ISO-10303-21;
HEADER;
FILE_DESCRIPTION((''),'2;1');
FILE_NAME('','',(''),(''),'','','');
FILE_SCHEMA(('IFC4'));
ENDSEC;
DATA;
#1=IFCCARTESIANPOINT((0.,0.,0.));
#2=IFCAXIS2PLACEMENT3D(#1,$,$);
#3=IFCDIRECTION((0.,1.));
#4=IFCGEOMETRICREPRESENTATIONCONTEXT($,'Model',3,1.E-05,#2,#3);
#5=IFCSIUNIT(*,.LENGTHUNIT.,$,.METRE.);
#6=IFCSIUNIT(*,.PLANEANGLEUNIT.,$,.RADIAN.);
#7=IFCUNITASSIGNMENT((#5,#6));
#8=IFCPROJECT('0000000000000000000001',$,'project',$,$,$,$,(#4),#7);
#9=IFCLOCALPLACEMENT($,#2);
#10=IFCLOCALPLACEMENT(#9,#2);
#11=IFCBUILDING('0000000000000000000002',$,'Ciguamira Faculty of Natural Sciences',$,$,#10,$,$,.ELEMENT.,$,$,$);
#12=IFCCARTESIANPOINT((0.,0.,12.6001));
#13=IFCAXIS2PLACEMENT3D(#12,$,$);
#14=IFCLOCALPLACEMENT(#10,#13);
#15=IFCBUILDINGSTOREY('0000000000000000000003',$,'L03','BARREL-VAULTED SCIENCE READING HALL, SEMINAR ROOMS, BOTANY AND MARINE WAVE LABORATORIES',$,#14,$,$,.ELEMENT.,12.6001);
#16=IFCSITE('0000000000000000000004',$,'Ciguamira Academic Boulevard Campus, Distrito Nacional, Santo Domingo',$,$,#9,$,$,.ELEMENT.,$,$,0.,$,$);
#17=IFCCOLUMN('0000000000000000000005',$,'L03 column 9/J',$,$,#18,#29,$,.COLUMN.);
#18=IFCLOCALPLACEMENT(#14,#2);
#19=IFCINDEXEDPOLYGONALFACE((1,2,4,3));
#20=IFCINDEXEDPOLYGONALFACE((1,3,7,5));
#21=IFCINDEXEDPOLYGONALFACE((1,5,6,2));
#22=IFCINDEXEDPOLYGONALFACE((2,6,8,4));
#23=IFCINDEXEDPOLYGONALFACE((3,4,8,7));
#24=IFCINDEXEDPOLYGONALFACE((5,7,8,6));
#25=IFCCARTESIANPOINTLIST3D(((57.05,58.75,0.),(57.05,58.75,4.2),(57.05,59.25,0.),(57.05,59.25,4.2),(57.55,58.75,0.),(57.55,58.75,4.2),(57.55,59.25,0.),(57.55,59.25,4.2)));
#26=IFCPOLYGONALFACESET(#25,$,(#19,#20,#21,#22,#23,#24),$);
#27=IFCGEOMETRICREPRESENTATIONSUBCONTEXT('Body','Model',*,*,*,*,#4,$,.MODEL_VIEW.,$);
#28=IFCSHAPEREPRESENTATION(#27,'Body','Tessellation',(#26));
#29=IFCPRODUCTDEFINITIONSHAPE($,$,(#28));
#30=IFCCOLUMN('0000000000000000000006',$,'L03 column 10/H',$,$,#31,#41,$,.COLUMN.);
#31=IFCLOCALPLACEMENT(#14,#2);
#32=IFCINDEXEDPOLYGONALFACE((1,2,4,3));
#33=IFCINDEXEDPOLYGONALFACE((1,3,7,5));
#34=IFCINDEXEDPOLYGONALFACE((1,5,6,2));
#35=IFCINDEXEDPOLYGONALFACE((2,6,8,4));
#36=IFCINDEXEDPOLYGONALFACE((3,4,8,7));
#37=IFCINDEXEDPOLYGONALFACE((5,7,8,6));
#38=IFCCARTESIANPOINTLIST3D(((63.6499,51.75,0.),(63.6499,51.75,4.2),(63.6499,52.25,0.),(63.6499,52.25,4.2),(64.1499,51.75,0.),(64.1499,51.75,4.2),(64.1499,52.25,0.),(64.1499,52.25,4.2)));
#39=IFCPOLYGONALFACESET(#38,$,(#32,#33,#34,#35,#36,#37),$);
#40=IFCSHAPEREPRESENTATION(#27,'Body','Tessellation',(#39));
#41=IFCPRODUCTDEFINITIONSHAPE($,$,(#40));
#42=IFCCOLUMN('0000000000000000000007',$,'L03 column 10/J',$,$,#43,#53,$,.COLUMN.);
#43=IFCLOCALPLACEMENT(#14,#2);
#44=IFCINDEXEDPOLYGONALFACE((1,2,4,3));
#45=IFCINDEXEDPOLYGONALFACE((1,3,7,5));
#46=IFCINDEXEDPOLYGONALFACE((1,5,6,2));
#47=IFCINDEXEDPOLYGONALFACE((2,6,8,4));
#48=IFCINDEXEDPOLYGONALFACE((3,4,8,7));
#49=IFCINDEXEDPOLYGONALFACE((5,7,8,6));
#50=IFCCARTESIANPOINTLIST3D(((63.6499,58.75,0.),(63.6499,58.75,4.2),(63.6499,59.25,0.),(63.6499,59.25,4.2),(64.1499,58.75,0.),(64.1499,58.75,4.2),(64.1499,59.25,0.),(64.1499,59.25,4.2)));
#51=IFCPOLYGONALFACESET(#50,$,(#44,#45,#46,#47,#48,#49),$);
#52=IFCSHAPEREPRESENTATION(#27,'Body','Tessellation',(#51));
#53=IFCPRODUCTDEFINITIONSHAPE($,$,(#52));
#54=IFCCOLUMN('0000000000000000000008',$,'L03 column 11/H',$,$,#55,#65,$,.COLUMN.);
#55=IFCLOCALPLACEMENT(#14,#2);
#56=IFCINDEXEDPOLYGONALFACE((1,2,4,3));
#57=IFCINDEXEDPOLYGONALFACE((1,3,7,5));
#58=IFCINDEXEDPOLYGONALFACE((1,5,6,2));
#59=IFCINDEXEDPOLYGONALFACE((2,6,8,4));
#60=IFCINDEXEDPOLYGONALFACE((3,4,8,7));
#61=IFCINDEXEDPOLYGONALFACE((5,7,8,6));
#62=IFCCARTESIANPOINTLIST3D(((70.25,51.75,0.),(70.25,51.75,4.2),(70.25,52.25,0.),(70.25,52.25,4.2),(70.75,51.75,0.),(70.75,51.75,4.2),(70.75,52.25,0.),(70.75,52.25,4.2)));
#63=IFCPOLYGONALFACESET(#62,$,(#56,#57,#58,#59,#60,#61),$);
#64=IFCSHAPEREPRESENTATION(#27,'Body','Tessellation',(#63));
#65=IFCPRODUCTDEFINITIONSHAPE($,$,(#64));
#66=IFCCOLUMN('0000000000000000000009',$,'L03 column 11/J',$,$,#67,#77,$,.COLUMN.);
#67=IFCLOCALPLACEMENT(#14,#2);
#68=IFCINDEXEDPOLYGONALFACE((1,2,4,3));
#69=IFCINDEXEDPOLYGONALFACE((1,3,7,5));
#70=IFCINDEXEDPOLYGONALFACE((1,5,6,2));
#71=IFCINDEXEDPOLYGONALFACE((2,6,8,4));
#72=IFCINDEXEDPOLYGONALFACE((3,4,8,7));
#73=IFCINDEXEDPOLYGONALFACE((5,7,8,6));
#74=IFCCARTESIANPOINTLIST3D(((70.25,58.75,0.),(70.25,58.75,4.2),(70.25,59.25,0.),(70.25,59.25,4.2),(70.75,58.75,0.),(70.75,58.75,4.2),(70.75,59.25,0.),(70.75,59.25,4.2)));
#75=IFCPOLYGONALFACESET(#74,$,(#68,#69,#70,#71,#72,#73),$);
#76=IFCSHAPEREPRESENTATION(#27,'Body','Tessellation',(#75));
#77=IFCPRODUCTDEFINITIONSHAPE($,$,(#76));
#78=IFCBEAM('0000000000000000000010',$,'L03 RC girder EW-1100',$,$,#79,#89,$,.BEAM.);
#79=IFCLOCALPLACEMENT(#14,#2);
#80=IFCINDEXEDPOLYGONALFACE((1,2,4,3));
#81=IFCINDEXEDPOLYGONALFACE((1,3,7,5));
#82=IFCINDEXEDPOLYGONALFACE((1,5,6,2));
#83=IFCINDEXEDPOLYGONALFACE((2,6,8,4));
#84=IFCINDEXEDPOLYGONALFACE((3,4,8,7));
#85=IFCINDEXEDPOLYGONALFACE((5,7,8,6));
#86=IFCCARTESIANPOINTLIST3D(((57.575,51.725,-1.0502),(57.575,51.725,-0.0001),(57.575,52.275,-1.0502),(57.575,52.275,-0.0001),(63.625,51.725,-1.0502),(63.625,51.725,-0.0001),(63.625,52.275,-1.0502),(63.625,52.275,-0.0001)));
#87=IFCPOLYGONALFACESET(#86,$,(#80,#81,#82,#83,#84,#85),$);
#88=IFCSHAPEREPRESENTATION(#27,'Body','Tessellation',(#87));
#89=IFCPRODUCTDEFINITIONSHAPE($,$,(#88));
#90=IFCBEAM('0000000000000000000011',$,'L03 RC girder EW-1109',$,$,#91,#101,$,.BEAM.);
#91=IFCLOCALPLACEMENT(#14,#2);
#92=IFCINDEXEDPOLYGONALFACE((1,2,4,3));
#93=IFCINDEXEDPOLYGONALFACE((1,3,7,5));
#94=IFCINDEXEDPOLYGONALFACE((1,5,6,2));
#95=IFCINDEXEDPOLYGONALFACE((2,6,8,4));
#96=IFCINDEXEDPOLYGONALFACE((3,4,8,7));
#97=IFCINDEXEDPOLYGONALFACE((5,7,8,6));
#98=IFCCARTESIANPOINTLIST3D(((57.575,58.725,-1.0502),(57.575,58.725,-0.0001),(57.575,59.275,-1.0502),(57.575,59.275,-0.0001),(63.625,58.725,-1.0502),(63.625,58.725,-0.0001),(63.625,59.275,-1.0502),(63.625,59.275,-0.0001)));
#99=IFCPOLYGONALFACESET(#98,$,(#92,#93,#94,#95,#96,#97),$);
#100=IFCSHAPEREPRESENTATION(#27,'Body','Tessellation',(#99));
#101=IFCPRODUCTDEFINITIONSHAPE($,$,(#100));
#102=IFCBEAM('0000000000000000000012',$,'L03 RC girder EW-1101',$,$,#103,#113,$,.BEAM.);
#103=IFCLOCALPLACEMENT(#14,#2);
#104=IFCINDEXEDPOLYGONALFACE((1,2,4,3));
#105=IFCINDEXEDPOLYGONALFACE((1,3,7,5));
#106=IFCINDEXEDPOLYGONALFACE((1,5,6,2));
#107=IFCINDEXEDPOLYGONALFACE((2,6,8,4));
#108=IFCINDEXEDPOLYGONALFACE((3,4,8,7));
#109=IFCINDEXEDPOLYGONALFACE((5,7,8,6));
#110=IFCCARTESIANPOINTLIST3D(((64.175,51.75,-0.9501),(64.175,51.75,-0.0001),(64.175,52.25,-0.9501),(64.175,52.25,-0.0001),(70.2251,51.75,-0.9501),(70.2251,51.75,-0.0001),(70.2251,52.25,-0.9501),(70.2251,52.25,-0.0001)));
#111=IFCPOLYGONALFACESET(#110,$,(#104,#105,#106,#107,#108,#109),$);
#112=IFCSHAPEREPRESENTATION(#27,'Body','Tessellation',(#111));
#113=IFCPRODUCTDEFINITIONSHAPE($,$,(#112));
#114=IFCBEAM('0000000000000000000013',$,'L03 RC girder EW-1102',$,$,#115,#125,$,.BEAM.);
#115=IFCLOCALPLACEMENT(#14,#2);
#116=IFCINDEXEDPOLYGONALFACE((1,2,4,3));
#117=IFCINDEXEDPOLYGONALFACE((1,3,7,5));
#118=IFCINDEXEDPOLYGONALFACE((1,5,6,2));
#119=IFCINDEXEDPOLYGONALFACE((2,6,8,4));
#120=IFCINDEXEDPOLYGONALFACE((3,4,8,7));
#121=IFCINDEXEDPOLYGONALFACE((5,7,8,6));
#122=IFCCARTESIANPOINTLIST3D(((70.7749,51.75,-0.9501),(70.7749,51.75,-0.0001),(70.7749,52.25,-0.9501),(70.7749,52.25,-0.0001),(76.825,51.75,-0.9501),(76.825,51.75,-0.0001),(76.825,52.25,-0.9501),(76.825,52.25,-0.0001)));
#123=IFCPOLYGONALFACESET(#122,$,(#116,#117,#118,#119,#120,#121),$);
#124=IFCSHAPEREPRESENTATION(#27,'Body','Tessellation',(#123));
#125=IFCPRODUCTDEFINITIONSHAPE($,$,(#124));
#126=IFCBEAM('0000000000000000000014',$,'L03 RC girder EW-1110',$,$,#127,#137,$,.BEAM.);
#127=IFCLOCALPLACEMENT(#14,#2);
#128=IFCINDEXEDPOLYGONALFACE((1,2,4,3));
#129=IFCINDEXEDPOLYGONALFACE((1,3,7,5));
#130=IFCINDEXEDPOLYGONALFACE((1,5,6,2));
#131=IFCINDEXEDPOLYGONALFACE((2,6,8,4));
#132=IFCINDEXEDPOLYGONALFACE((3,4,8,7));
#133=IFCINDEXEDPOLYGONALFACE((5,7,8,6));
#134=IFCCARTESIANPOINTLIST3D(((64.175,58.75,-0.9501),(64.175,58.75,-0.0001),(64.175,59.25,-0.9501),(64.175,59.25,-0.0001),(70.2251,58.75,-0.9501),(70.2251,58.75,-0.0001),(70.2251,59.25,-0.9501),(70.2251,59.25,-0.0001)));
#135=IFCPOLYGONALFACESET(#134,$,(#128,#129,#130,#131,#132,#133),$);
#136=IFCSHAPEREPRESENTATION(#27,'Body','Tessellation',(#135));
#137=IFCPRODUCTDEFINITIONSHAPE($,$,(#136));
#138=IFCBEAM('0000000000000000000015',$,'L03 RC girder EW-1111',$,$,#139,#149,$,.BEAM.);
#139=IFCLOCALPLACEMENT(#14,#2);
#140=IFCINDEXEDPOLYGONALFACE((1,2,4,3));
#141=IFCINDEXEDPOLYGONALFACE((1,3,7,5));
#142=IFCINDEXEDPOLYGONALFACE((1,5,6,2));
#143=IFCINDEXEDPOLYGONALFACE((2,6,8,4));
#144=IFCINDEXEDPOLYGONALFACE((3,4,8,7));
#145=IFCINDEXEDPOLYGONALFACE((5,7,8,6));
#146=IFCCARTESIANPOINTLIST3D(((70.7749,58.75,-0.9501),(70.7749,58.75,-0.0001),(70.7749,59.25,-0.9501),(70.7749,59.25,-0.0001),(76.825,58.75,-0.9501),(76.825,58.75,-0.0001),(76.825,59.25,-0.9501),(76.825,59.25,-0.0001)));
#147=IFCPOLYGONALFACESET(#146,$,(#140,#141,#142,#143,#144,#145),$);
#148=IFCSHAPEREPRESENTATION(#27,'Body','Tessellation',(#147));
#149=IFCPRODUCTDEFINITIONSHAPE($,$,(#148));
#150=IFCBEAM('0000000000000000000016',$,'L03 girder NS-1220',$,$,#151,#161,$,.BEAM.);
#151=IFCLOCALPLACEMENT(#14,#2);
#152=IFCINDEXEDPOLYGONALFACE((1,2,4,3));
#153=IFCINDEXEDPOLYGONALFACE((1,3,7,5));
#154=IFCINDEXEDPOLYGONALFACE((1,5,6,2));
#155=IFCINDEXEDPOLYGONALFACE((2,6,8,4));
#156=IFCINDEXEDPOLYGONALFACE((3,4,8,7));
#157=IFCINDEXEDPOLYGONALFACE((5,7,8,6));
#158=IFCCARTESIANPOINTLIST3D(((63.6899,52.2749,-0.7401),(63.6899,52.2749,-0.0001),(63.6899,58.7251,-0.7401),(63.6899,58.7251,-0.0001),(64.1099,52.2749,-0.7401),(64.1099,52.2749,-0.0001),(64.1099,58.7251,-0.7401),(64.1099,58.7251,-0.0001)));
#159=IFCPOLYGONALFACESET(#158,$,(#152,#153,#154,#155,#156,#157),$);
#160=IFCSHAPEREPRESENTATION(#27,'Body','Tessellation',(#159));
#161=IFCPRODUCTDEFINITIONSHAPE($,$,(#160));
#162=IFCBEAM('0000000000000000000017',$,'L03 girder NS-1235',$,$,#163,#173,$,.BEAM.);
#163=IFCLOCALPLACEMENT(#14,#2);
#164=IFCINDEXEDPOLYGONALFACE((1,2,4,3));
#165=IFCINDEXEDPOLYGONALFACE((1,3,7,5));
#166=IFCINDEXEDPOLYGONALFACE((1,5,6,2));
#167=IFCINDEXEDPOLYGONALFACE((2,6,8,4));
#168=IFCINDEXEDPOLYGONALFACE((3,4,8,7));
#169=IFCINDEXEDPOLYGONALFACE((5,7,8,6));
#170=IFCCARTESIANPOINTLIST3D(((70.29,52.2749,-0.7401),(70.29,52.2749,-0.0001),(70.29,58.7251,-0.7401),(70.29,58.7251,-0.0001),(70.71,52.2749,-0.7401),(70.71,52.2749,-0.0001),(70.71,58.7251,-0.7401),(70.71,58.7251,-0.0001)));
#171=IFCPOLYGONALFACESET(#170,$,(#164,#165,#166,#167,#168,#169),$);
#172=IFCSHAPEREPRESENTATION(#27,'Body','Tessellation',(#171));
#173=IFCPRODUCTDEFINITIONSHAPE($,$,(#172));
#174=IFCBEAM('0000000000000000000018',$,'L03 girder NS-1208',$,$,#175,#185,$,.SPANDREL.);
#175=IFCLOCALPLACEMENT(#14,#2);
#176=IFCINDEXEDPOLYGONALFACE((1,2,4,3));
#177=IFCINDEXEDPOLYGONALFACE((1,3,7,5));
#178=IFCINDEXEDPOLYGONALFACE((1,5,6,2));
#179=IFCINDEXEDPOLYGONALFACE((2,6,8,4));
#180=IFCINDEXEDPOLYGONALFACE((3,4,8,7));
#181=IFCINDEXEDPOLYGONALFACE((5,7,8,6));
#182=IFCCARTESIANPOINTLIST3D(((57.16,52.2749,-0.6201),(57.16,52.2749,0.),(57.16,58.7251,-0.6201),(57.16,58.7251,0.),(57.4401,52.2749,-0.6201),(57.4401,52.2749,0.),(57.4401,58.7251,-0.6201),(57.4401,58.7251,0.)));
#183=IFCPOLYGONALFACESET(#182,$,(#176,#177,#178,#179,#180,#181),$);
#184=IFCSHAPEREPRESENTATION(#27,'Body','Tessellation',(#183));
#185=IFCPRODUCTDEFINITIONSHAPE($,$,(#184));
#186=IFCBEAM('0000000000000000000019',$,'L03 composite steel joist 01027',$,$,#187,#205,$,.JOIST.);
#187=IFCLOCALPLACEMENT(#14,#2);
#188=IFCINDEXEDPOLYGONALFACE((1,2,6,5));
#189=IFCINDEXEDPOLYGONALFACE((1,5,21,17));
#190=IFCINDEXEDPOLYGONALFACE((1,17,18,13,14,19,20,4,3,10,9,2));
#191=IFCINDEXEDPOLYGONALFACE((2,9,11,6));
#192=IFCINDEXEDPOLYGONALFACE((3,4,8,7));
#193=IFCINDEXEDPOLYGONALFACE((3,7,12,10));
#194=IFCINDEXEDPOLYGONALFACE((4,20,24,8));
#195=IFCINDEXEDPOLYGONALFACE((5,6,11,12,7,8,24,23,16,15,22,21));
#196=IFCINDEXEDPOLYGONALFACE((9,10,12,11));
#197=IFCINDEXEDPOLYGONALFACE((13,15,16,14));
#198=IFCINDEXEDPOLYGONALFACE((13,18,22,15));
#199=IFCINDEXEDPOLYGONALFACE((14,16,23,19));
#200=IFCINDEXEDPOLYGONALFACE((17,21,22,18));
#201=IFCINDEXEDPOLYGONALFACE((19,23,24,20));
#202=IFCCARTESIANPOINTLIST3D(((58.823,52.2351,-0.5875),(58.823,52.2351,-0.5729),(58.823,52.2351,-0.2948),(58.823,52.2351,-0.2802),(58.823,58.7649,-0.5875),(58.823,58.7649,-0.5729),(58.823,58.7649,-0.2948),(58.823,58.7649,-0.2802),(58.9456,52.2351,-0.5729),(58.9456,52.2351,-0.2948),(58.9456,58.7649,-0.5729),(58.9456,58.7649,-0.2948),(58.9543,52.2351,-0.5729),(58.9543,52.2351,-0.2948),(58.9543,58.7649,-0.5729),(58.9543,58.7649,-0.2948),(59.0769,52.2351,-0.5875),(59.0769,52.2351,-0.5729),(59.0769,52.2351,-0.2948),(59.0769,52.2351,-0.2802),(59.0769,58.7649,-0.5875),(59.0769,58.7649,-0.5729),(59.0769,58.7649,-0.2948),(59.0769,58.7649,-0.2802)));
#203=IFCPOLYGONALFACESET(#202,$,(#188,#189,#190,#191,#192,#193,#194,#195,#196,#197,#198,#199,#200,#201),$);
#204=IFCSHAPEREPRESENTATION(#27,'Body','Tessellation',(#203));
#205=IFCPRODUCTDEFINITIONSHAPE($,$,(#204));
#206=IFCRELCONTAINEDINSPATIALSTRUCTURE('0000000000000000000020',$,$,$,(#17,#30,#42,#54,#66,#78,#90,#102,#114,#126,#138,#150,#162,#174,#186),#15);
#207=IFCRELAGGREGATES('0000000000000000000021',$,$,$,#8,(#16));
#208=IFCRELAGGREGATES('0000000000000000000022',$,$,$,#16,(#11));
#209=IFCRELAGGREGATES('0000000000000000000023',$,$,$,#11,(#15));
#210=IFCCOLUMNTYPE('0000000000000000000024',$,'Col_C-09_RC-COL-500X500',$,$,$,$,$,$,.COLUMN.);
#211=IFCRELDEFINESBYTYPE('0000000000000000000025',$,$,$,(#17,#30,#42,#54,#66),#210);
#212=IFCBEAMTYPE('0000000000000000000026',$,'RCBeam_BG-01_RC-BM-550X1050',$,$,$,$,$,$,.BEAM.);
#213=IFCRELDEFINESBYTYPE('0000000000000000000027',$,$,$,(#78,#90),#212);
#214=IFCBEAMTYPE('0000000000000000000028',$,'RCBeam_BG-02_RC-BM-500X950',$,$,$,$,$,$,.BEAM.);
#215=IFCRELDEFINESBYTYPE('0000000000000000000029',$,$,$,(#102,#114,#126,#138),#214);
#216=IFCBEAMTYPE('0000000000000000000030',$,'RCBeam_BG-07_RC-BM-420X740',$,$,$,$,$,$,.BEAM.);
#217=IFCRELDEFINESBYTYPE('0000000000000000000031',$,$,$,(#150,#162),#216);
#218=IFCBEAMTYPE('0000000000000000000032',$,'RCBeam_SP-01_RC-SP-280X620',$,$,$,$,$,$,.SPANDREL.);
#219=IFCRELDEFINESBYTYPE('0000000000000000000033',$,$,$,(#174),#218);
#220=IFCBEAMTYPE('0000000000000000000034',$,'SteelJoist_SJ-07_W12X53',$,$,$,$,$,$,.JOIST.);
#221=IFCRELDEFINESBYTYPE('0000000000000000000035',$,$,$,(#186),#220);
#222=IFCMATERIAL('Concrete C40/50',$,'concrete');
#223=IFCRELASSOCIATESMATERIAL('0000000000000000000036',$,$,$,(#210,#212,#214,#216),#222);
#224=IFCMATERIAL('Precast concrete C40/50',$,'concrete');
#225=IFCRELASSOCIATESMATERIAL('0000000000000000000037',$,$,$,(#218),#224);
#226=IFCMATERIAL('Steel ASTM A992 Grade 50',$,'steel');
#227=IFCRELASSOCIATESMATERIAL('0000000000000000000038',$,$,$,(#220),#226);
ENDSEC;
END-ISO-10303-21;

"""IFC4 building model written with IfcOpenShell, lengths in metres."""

from ifc_helpers import new_model, si_unit, direction, frame, origin, origin_2d, place, context, subcontext, project, spatial, rectangle, i_section, extrude, material, material_profile, profile_set, type_object, element, save


model = new_model("IFC4")

# Units and contexts
model_context = context("Model", 3, precision=1e-05, world=origin(), true_north=direction((0.0, 1.0)))
body_context = subcontext(model_context, "Body", "Model", "MODEL_VIEW")
ifc_project = project(units=[si_unit("LENGTHUNIT", "METRE"), si_unit("PLANEANGLEUNIT", "RADIAN")], contexts=[model_context])

# Site, building, storey
site_placement = place(None, origin())
site = spatial("IfcSite", under=ifc_project, at=site_placement, Name="Ciguamira Academic Boulevard Campus, Distrito Nacional, Santo Domingo", CompositionType="ELEMENT", RefElevation=0.0)
building_placement = place(site_placement, origin())
building = spatial("IfcBuilding", under=site, at=building_placement, Name="Ciguamira Faculty of Natural Sciences", CompositionType="ELEMENT")
storey_placement = place(building_placement, frame((0.0, 0.0, 12.6001)))
storey = spatial("IfcBuildingStorey", under=building, at=storey_placement, Name="L03", Description="BARREL-VAULTED SCIENCE READING HALL, SEMINAR ROOMS, BOTANY AND MARINE WAVE LABORATORIES", CompositionType="ELEMENT", Elevation=12.6001)

# Columns
ifc_material_1 = material(Name="Concrete C40/50", Category="concrete")
ifc_material_profile_1 = material_profile(ifc_material_1, rectangle(XDim=0.5, YDim=0.5, at=origin_2d()), Name="RC-COL-500X500")
ifc_profile_set_1 = profile_set([ifc_material_profile_1], Name="Concrete C40/50")
column_type = type_object("IfcColumnType", Name="Col_C-09_RC-COL-500X500", PredefinedType="COLUMN", material=ifc_profile_set_1)
for number, where, z_axis, x_axis, name in (
    (1, (57.3, 59.0, 0.0), (0.0, 0.0, 1.0), (1.0, 0.0, 0.0), "L03 column 9/J"),
    (2, (63.8999, 52.0, 0.0), (0.0, 0.0, 1.0), (1.0, 0.0, 0.0), "L03 column 10/H"),
    (3, (63.8999, 59.0, 0.0), (0.0, 0.0, 1.0), (1.0, 0.0, 0.0), "L03 column 10/J"),
    (4, (70.5, 52.0, 0.0), (0.0, 0.0, 1.0), (1.0, 0.0, 0.0), "L03 column 11/H"),
    (5, (70.5, 59.0, 0.0), (0.0, 0.0, 1.0), (1.0, 0.0, 0.0), "L03 column 11/J"),
):
    element("IfcColumn", number, at=place(storey_placement, frame(where, z_axis=z_axis, x_axis=x_axis)), inside=storey, type_object=column_type, Name=name, PredefinedType="COLUMN", context=body_context, shape_type="SweptSolid", body=[
        extrude(rectangle(XDim=0.5, YDim=0.5, at=origin_2d()), origin(), (0.0, 0.0, 1.0), 4.2),
    ])

# Beams
ifc_material_profile_2 = material_profile(ifc_material_1, rectangle(XDim=0.55, YDim=1.05, at=origin_2d()), Name="RC-BM-550X1050")
ifc_profile_set_2 = profile_set([ifc_material_profile_2], Name="Concrete C40/50")
beam_type_1 = type_object("IfcBeamType", Name="RCBeam_BG-01_RC-BM-550X1050", PredefinedType="BEAM", material=ifc_profile_set_2)
for number, where, z_axis, x_axis, name in (
    (6, (57.575, 52.0, -0.5251), (1.0, 0.0, 0.0), (0.0, 1.0, 0.0), "L03 RC girder EW-1100"),
    (7, (57.575, 59.0, -0.5251), (1.0, 0.0, 0.0), (0.0, 1.0, 0.0), "L03 RC girder EW-1109"),
):
    element("IfcBeam", number, at=place(storey_placement, frame(where, z_axis=z_axis, x_axis=x_axis)), inside=storey, type_object=beam_type_1, Name=name, PredefinedType="BEAM", context=body_context, shape_type="SweptSolid", body=[
        extrude(rectangle(XDim=0.55, YDim=1.05, at=origin_2d()), origin(), (0.0, 0.0, 1.0), 6.05),
    ])
ifc_material_profile_3 = material_profile(ifc_material_1, rectangle(XDim=0.5, YDim=0.95, at=origin_2d()), Name="RC-BM-500X950")
ifc_profile_set_3 = profile_set([ifc_material_profile_3], Name="Concrete C40/50")
beam_type_2 = type_object("IfcBeamType", Name="RCBeam_BG-02_RC-BM-500X950", PredefinedType="BEAM", material=ifc_profile_set_3)
for number, where, z_axis, x_axis, name in (
    (8, (64.175, 52.0, -0.4751), (1.0, 0.0, 0.0), (0.0, 1.0, 0.0), "L03 RC girder EW-1101"),
    (9, (70.7749, 52.0, -0.4751), (1.0, 0.0, 0.0), (0.0, 1.0, 0.0), "L03 RC girder EW-1102"),
    (10, (64.175, 59.0, -0.4751), (1.0, 0.0, 0.0), (0.0, 1.0, 0.0), "L03 RC girder EW-1110"),
    (11, (70.7749, 59.0, -0.4751), (1.0, 0.0, 0.0), (0.0, 1.0, 0.0), "L03 RC girder EW-1111"),
):
    element("IfcBeam", number, at=place(storey_placement, frame(where, z_axis=z_axis, x_axis=x_axis)), inside=storey, type_object=beam_type_2, Name=name, PredefinedType="BEAM", context=body_context, shape_type="SweptSolid", body=[
        extrude(rectangle(XDim=0.5, YDim=0.95, at=origin_2d()), origin(), (0.0, 0.0, 1.0), 6.05),
    ])
ifc_material_profile_4 = material_profile(ifc_material_1, rectangle(XDim=0.4199, YDim=0.74, at=origin_2d()), Name="RC-BM-420X740")
ifc_profile_set_4 = profile_set([ifc_material_profile_4], Name="Concrete C40/50")
beam_type_3 = type_object("IfcBeamType", Name="RCBeam_BG-07_RC-BM-420X740", PredefinedType="BEAM", material=ifc_profile_set_4)
for number, where, z_axis, x_axis, name in (
    (12, (63.8999, 52.2749, -0.3701), (0.0, 1.0, 0.0), (-1.0, 0.0, 0.0), "L03 girder NS-1220"),
    (13, (70.5, 52.2749, -0.3701), (0.0, 1.0, 0.0), (-1.0, 0.0, 0.0), "L03 girder NS-1235"),
):
    element("IfcBeam", number, at=place(storey_placement, frame(where, z_axis=z_axis, x_axis=x_axis)), inside=storey, type_object=beam_type_3, Name=name, PredefinedType="BEAM", context=body_context, shape_type="SweptSolid", body=[
        extrude(rectangle(XDim=0.4199, YDim=0.74, at=origin_2d()), origin(), (0.0, 0.0, 1.0), 6.4502),
    ])
ifc_material_2 = material(Name="Precast concrete C40/50", Category="concrete")
ifc_material_profile_5 = material_profile(ifc_material_2, rectangle(XDim=0.28, YDim=0.6201, at=origin_2d()), Name="RC-SP-280X620")
ifc_profile_set_5 = profile_set([ifc_material_profile_5], Name="Precast concrete C40/50")
beam_type_4 = type_object("IfcBeamType", Name="RCBeam_SP-01_RC-SP-280X620", PredefinedType="SPANDREL", material=ifc_profile_set_5)
beam_1_placement = place(storey_placement, frame((57.3, 52.2749, -0.3101), z_axis=(0.0, 1.0, 0.0), x_axis=(-1.0, 0.0, 0.0)))
element("IfcBeam", 14, at=beam_1_placement, inside=storey, type_object=beam_type_4, Name="L03 girder NS-1208", PredefinedType="SPANDREL", context=body_context, shape_type="SweptSolid", body=[
    extrude(rectangle(XDim=0.28, YDim=0.6201, at=origin_2d()), origin(), (0.0, 0.0, 1.0), 6.4502),
])
ifc_material_3 = material(Name="Steel ASTM A992 Grade 50", Category="steel")
ifc_material_profile_6 = material_profile(ifc_material_3, i_section(OverallWidth=0.2539, OverallDepth=0.3074, WebThickness=0.0088, FlangeThickness=0.0146, at=origin_2d()), Name="W12X53")
ifc_profile_set_6 = profile_set([ifc_material_profile_6], Name="Steel ASTM A992 Grade 50")
beam_type_5 = type_object("IfcBeamType", Name="SteelJoist_SJ-07_W12X53", PredefinedType="JOIST", material=ifc_profile_set_6)
beam_2_placement = place(storey_placement, frame((58.95, 52.2351, -0.4338), z_axis=(0.0, 1.0, 0.0), x_axis=(-1.0, 0.0, 0.0)))
element("IfcBeam", 15, at=beam_2_placement, inside=storey, type_object=beam_type_5, Name="L03 composite steel joist 01027", PredefinedType="JOIST", context=body_context, shape_type="SweptSolid", body=[
    extrude(i_section(OverallWidth=0.2539, OverallDepth=0.3074, WebThickness=0.0088, FlangeThickness=0.0146, at=origin_2d()), origin(), (0.0, 0.0, 1.0), 6.5298),
])

save(model, "model.ifc")
